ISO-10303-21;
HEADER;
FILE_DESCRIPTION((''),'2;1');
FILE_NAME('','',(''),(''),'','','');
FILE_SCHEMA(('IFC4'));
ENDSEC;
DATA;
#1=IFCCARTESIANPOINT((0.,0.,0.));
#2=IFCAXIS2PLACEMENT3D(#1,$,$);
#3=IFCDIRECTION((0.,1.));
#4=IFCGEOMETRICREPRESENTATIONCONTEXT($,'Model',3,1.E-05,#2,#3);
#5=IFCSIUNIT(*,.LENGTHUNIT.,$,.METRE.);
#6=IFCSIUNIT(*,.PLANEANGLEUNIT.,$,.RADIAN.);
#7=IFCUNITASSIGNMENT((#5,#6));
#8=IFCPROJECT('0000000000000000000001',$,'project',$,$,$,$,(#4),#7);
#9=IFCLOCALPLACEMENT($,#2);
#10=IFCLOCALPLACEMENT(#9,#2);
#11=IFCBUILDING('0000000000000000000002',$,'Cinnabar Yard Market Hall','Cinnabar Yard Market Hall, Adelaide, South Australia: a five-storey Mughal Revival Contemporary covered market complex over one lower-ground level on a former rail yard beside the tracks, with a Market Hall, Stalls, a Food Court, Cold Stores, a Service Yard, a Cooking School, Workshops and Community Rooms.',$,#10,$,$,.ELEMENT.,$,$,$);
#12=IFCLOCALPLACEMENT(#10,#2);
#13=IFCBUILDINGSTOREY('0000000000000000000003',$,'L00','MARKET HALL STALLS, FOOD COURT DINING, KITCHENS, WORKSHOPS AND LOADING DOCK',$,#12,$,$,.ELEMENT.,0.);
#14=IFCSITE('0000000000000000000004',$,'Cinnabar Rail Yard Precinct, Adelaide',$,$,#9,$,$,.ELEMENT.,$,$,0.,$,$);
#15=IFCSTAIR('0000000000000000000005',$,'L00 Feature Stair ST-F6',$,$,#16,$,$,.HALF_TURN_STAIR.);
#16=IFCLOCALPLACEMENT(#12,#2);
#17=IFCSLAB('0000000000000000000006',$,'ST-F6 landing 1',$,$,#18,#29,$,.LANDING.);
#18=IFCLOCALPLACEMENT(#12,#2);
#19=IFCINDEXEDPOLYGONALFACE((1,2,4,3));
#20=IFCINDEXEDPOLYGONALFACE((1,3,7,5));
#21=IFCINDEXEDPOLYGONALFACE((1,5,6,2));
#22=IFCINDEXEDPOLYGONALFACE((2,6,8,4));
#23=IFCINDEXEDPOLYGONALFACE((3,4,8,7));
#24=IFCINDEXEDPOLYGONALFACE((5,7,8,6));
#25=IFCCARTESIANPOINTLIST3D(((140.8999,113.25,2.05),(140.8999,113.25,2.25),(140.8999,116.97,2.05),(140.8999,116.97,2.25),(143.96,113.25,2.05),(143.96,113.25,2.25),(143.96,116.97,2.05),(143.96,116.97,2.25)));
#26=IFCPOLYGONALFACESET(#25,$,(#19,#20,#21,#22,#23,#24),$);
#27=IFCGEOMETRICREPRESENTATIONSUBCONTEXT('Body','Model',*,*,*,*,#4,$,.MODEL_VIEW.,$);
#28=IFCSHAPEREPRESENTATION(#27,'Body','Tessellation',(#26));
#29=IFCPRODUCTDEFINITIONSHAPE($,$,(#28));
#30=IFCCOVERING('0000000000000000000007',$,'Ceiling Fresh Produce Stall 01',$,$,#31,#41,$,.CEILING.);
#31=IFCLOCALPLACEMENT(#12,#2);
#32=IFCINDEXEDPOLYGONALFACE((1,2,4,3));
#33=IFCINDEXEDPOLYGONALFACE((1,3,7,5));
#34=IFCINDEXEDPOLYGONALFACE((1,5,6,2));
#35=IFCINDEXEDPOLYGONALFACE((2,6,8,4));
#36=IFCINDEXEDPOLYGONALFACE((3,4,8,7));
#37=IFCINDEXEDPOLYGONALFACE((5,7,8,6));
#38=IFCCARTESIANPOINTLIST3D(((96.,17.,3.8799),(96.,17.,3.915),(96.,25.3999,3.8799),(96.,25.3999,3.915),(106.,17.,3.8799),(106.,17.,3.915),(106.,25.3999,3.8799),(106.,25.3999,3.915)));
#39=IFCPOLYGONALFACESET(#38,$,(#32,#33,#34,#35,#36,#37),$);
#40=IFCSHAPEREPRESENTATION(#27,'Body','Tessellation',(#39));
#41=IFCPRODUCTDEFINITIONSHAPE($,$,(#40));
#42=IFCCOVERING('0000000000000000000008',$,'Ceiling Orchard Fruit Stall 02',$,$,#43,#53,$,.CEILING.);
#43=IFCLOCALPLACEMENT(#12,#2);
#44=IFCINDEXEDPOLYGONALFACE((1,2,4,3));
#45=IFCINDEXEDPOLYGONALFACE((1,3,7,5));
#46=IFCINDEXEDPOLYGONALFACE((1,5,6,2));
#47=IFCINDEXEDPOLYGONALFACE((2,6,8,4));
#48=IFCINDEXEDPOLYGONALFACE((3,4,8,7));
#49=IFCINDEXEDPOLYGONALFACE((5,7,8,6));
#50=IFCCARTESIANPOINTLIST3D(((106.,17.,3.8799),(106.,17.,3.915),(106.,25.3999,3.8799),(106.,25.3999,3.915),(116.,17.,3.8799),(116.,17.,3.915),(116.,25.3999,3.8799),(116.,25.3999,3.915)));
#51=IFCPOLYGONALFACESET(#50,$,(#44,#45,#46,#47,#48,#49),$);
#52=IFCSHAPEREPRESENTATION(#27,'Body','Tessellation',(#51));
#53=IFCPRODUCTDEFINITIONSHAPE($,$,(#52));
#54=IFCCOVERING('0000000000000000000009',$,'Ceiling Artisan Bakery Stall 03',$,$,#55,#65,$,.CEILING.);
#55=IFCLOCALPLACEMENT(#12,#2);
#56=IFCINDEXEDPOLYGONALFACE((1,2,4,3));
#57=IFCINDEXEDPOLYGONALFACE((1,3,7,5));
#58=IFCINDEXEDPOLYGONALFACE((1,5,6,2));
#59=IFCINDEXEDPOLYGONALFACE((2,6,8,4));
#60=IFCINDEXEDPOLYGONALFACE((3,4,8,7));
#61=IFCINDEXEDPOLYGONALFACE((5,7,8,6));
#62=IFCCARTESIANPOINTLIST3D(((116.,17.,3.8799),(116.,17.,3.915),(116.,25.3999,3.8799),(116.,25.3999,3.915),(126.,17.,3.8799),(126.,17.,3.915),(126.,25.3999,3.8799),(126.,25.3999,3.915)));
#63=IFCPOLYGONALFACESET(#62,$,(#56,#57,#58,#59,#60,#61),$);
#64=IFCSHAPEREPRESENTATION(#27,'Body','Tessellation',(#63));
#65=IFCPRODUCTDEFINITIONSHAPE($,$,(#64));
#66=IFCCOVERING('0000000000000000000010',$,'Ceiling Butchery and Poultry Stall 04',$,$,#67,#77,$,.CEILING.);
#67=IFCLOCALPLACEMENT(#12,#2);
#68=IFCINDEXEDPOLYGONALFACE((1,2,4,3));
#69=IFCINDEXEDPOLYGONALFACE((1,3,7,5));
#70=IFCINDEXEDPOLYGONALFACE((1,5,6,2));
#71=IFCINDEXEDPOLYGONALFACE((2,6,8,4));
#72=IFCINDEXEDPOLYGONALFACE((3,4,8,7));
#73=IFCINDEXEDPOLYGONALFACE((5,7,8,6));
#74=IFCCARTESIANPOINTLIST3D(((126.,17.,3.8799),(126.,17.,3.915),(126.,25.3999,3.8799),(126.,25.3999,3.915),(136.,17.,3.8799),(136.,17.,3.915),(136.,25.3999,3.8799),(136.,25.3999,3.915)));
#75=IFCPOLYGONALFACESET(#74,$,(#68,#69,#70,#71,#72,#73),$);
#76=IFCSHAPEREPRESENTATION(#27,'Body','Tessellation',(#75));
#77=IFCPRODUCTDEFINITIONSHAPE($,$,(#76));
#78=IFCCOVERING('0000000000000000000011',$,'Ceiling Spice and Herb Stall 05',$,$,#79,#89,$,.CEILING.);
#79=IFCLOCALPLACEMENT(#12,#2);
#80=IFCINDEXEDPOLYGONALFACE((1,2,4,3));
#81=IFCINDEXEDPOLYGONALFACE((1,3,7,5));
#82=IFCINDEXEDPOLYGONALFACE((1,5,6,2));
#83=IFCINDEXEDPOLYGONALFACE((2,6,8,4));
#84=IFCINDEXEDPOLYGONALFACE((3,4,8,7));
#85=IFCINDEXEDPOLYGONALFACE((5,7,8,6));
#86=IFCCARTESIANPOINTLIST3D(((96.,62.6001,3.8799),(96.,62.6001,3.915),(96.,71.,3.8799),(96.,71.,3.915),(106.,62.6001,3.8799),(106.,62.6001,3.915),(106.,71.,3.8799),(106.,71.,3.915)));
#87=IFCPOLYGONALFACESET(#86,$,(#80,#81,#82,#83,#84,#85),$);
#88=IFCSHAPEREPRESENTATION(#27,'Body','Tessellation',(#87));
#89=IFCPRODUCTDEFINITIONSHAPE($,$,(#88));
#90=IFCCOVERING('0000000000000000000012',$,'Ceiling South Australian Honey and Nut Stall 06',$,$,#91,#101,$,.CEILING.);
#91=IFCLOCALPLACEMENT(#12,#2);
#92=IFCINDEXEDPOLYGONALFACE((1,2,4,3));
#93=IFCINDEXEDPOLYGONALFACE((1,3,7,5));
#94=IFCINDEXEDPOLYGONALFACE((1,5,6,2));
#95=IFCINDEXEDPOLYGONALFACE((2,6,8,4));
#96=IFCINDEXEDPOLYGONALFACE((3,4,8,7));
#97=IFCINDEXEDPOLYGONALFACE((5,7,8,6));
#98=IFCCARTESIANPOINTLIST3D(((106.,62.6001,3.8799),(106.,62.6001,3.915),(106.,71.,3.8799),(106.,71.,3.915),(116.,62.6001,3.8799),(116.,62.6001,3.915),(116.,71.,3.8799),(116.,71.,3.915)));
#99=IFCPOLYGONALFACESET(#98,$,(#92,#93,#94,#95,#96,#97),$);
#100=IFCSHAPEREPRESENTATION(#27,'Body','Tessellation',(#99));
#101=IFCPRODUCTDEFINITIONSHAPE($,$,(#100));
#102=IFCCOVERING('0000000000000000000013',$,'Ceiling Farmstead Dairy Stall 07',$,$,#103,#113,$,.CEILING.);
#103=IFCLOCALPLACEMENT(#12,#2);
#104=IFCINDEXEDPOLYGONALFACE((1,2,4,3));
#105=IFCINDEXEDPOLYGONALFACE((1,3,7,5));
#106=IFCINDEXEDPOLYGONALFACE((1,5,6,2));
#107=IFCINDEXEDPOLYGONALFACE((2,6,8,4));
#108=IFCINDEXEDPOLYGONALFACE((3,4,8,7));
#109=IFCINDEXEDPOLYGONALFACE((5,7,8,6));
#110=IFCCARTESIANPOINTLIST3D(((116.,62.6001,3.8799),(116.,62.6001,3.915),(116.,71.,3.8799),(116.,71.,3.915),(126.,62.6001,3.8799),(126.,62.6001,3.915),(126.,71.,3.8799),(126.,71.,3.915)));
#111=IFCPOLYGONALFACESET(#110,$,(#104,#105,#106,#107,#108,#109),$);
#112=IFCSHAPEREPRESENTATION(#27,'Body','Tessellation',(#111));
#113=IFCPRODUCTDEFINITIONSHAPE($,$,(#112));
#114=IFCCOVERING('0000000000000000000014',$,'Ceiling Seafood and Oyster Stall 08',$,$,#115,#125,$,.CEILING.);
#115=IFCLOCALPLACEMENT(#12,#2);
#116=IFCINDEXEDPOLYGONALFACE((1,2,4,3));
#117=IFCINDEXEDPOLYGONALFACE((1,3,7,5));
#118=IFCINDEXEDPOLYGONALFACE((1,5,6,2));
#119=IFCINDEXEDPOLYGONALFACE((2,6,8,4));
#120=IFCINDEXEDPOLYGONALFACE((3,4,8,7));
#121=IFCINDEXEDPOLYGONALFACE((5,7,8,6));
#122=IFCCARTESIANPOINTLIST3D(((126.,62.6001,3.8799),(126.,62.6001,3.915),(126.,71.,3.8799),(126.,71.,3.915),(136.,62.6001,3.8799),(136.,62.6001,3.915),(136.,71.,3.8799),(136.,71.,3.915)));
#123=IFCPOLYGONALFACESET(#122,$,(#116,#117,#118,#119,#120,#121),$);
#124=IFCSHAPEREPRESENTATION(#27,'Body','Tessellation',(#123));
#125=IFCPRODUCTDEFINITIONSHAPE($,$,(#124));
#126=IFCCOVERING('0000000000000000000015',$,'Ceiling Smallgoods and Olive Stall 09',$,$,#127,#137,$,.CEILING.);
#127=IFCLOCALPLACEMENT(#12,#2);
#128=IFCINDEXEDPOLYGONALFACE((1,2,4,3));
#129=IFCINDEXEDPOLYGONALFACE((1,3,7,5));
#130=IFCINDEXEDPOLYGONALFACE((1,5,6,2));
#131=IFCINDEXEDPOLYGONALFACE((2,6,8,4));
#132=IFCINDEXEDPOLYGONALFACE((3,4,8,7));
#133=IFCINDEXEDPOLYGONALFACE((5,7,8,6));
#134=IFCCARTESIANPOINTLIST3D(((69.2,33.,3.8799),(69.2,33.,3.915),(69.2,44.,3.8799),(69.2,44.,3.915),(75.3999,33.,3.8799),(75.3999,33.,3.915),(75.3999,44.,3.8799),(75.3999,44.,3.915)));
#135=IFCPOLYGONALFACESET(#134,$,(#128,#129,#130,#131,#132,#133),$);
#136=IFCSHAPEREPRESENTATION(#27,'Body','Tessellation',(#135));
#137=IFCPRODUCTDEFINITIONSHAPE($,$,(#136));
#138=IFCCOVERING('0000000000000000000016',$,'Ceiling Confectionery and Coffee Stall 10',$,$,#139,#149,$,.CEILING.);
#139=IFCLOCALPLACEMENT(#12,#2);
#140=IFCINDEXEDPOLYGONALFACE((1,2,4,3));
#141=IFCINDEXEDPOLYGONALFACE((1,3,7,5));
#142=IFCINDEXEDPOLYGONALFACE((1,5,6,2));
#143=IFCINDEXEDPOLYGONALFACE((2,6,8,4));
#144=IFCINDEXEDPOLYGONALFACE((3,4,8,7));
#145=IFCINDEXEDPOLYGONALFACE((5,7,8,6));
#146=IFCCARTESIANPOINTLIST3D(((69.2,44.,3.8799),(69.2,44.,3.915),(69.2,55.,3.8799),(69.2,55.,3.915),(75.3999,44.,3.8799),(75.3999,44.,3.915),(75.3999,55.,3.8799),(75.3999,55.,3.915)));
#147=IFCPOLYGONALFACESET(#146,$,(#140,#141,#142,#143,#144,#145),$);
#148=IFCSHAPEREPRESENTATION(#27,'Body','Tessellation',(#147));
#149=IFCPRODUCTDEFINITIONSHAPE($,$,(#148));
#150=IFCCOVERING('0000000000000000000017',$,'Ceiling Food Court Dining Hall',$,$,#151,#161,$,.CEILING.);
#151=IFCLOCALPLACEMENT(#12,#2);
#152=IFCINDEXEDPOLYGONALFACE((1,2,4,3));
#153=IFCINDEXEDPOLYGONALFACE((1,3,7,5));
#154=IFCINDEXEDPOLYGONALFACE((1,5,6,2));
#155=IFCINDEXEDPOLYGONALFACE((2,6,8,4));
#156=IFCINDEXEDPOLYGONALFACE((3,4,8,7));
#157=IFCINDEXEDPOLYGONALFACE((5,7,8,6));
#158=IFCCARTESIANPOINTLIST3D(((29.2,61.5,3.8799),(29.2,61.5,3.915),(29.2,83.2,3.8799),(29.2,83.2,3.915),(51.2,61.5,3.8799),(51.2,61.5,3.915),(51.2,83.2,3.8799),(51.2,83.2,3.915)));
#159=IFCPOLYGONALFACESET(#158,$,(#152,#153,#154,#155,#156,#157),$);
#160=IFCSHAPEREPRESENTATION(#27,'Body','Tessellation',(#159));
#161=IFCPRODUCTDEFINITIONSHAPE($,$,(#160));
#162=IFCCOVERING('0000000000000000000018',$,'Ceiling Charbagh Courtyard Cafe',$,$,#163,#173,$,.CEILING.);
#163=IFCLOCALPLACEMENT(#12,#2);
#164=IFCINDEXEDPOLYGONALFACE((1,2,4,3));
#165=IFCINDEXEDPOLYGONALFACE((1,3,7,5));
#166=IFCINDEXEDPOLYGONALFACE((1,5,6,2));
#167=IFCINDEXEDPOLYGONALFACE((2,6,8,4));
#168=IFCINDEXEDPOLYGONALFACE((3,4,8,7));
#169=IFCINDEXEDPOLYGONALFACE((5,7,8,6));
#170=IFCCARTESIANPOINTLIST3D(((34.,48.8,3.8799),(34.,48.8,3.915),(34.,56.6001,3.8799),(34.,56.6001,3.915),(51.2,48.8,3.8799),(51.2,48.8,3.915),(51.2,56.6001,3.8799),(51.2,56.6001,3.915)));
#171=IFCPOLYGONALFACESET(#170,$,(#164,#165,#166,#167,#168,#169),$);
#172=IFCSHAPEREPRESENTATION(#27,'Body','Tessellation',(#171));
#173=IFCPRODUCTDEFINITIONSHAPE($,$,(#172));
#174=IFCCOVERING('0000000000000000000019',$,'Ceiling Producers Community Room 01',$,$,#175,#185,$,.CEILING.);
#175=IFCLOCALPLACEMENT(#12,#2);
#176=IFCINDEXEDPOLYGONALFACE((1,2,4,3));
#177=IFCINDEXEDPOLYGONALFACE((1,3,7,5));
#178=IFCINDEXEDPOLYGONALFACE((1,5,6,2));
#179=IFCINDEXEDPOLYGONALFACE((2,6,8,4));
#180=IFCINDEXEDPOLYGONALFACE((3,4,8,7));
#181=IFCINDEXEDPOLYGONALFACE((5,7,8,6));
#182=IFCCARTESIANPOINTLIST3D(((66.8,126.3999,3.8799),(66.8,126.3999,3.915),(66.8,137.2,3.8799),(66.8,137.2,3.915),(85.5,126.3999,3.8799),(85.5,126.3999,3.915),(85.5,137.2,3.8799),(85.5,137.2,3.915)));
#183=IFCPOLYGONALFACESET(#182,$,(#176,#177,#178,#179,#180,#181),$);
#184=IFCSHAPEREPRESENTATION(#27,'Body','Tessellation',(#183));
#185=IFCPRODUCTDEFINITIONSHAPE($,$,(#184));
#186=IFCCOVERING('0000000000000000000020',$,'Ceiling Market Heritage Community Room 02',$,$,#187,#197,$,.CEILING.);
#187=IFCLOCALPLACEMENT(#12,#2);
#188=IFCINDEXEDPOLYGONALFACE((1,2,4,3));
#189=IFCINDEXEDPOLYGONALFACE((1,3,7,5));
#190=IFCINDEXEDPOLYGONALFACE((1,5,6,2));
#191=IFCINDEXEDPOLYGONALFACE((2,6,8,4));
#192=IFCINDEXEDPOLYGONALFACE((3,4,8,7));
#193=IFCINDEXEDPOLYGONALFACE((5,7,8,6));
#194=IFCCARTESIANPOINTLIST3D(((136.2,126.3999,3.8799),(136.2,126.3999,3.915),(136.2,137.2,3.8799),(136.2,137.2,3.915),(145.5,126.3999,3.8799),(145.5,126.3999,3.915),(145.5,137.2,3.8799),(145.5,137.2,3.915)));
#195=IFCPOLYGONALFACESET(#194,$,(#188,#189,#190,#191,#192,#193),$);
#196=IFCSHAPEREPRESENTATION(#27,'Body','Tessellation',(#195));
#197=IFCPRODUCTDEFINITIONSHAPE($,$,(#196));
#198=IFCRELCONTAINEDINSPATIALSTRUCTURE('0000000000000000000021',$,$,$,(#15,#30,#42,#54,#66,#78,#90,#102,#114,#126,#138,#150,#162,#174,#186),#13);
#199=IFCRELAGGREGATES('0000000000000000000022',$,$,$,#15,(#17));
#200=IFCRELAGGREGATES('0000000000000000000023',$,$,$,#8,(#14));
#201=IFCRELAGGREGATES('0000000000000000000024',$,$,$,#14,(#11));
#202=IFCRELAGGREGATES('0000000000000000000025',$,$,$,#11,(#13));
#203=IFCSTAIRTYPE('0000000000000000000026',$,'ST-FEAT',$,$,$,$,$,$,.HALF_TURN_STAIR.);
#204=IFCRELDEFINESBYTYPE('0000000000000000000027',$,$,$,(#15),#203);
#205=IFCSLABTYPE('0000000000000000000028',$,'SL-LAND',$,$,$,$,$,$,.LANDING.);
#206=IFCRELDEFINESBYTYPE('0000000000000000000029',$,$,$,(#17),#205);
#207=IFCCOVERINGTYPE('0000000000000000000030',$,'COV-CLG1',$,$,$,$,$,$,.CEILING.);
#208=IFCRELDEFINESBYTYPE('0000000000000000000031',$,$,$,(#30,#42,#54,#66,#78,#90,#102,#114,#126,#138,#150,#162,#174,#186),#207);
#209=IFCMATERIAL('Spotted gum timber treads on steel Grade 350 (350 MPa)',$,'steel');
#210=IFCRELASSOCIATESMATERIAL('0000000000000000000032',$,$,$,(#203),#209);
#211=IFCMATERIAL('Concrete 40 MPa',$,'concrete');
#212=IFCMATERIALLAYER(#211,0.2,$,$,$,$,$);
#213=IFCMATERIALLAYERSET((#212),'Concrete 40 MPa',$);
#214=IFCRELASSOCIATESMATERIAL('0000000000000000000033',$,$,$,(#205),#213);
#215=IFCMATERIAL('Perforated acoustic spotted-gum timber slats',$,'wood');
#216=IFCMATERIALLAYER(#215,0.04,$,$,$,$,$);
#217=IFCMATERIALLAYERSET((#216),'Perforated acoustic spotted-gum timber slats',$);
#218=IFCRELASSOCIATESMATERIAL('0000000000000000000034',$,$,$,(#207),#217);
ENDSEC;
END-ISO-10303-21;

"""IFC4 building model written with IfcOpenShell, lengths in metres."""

from ifc_helpers import new_model, si_unit, direction, frame, origin, place, context, subcontext, project, spatial, polyline, outline, extrude, material, layer, layer_set, type_object, element, aggregate, save


model = new_model("IFC4")

# Units and contexts
model_context = context("Model", 3, precision=1e-05, world=origin(), true_north=direction((0.0, 1.0)))
body_context = subcontext(model_context, "Body", "Model", "MODEL_VIEW")
ifc_project = project(units=[si_unit("LENGTHUNIT", "METRE"), si_unit("PLANEANGLEUNIT", "RADIAN")], contexts=[model_context])

# Site, building, storey
site_placement = place(None, origin())
site = spatial("IfcSite", under=ifc_project, at=site_placement, Name="Cinnabar Rail Yard Precinct, Adelaide", CompositionType="ELEMENT", RefElevation=0.0)
building_placement = place(site_placement, origin())
building = spatial("IfcBuilding", under=site, at=building_placement, Name="Cinnabar Yard Market Hall", Description="Cinnabar Yard Market Hall, Adelaide, South Australia: a five-storey Mughal Revival Contemporary covered market complex over one lower-ground level on a former rail yard beside the tracks, with a Market Hall, Stalls, a Food Court, Cold Stores, a Service Yard, a Cooking School, Workshops and Community Rooms.", CompositionType="ELEMENT")
storey_placement = place(building_placement, origin())
storey = spatial("IfcBuildingStorey", under=building, at=storey_placement, Name="L00", Description="MARKET HALL STALLS, FOOD COURT DINING, KITCHENS, WORKSHOPS AND LOADING DOCK", CompositionType="ELEMENT", Elevation=0.0)

# Shared definitions
ifc_material_1 = material(Name="Concrete 40 MPa", Category="concrete")

# Stair, slab
ifc_material_2 = material(Name="Spotted gum timber treads on steel Grade 350 (350 MPa)", Category="steel")
stair_type = type_object("IfcStairType", Name="ST-FEAT", PredefinedType="HALF_TURN_STAIR", material=ifc_material_2)
ifc_layer_1 = layer(ifc_material_1, 0.2)
ifc_layer_set_1 = layer_set([ifc_layer_1], Name="Concrete 40 MPa")
slab_type = type_object("IfcSlabType", Name="SL-LAND", PredefinedType="LANDING", material=ifc_layer_set_1)
stair_1_placement = place(storey_placement, origin())
stair_1 = element("IfcStair", 1, at=stair_1_placement, inside=storey, type_object=stair_type, Name="L00 Feature Stair ST-F6", PredefinedType="HALF_TURN_STAIR")
slab_1_placement = place(storey_placement, frame((0.0, 0.0, 2.05)))
slab_1 = element("IfcSlab", 2, at=slab_1_placement, type_object=slab_type, Name="ST-F6 landing 1", PredefinedType="LANDING", context=body_context, shape_type="SweptSolid", body=[
    extrude(outline(polyline([(140.8999, 116.97), (140.8999, 113.25), (143.96, 113.25), (143.96, 116.97), (140.8999, 116.97)])), origin(), (0.0, 0.0, 1.0), 0.2),
])
aggregate(stair_1, [slab_1])

# Coverings
ifc_material_3 = material(Name="Perforated acoustic spotted-gum timber slats", Category="wood")
ifc_layer_2 = layer(ifc_material_3, 0.04)
ifc_layer_set_2 = layer_set([ifc_layer_2], Name="Perforated acoustic spotted-gum timber slats")
covering_type_1 = type_object("IfcCoveringType", Name="COV-CLG1", PredefinedType="CEILING", material=ifc_layer_set_2)
covering_1_placement = place(storey_placement, frame((0.0, 0.0, 3.8799)))
element("IfcCovering", 3, at=covering_1_placement, inside=storey, type_object=covering_type_1, Name="Ceiling Fresh Produce Stall 01", PredefinedType="CEILING", context=body_context, shape_type="SweptSolid", body=[
    extrude(outline(polyline([(96.0, 17.0), (106.0, 17.0), (106.0, 25.3999), (96.0, 25.3999), (96.0, 17.0)])), origin(), (0.0, 0.0, 1.0), 0.0352),
])
covering_2_placement = place(storey_placement, frame((0.0, 0.0, 3.8799)))
element("IfcCovering", 4, at=covering_2_placement, inside=storey, type_object=covering_type_1, Name="Ceiling Orchard Fruit Stall 02", PredefinedType="CEILING", context=body_context, shape_type="SweptSolid", body=[
    extrude(outline(polyline([(106.0, 17.0), (116.0, 17.0), (116.0, 25.3999), (106.0, 25.3999), (106.0, 17.0)])), origin(), (0.0, 0.0, 1.0), 0.0352),
])
covering_3_placement = place(storey_placement, frame((0.0, 0.0, 3.8799)))
element("IfcCovering", 5, at=covering_3_placement, inside=storey, type_object=covering_type_1, Name="Ceiling Artisan Bakery Stall 03", PredefinedType="CEILING", context=body_context, shape_type="SweptSolid", body=[
    extrude(outline(polyline([(116.0, 17.0), (126.0, 17.0), (126.0, 25.3999), (116.0, 25.3999), (116.0, 17.0)])), origin(), (0.0, 0.0, 1.0), 0.0352),
])
covering_4_placement = place(storey_placement, frame((0.0, 0.0, 3.8799)))
element("IfcCovering", 6, at=covering_4_placement, inside=storey, type_object=covering_type_1, Name="Ceiling Butchery and Poultry Stall 04", PredefinedType="CEILING", context=body_context, shape_type="SweptSolid", body=[
    extrude(outline(polyline([(126.0, 17.0), (136.0, 17.0), (136.0, 25.3999), (126.0, 25.3999), (126.0, 17.0)])), origin(), (0.0, 0.0, 1.0), 0.0352),
])
covering_5_placement = place(storey_placement, frame((0.0, 0.0, 3.8799)))
element("IfcCovering", 7, at=covering_5_placement, inside=storey, type_object=covering_type_1, Name="Ceiling Spice and Herb Stall 05", PredefinedType="CEILING", context=body_context, shape_type="SweptSolid", body=[
    extrude(outline(polyline([(96.0, 62.6001), (106.0, 62.6001), (106.0, 71.0), (96.0, 71.0), (96.0, 62.6001)])), origin(), (0.0, 0.0, 1.0), 0.0352),
])
covering_6_placement = place(storey_placement, frame((0.0, 0.0, 3.8799)))
element("IfcCovering", 8, at=covering_6_placement, inside=storey, type_object=covering_type_1, Name="Ceiling South Australian Honey and Nut Stall 06", PredefinedType="CEILING", context=body_context, shape_type="SweptSolid", body=[
    extrude(outline(polyline([(106.0, 62.6001), (116.0, 62.6001), (116.0, 71.0), (106.0, 71.0), (106.0, 62.6001)])), origin(), (0.0, 0.0, 1.0), 0.0352),
])
covering_7_placement = place(storey_placement, frame((0.0, 0.0, 3.8799)))
element("IfcCovering", 9, at=covering_7_placement, inside=storey, type_object=covering_type_1, Name="Ceiling Farmstead Dairy Stall 07", PredefinedType="CEILING", context=body_context, shape_type="SweptSolid", body=[
    extrude(outline(polyline([(116.0, 62.6001), (126.0, 62.6001), (126.0, 71.0), (116.0, 71.0), (116.0, 62.6001)])), origin(), (0.0, 0.0, 1.0), 0.0352),
])
covering_8_placement = place(storey_placement, frame((0.0, 0.0, 3.8799)))
element("IfcCovering", 10, at=covering_8_placement, inside=storey, type_object=covering_type_1, Name="Ceiling Seafood and Oyster Stall 08", PredefinedType="CEILING", context=body_context, shape_type="SweptSolid", body=[
    extrude(outline(polyline([(126.0, 62.6001), (136.0, 62.6001), (136.0, 71.0), (126.0, 71.0), (126.0, 62.6001)])), origin(), (0.0, 0.0, 1.0), 0.0352),
])
covering_9_placement = place(storey_placement, frame((0.0, 0.0, 3.8799)))
element("IfcCovering", 11, at=covering_9_placement, inside=storey, type_object=covering_type_1, Name="Ceiling Smallgoods and Olive Stall 09", PredefinedType="CEILING", context=body_context, shape_type="SweptSolid", body=[
    extrude(outline(polyline([(69.2, 33.0), (75.3999, 33.0), (75.3999, 44.0), (69.2, 44.0), (69.2, 33.0)])), origin(), (0.0, 0.0, 1.0), 0.0352),
])
covering_10_placement = place(storey_placement, frame((0.0, 0.0, 3.8799)))
element("IfcCovering", 12, at=covering_10_placement, inside=storey, type_object=covering_type_1, Name="Ceiling Confectionery and Coffee Stall 10", PredefinedType="CEILING", context=body_context, shape_type="SweptSolid", body=[
    extrude(outline(polyline([(69.2, 44.0), (75.3999, 44.0), (75.3999, 55.0), (69.2, 55.0), (69.2, 44.0)])), origin(), (0.0, 0.0, 1.0), 0.0352),
])
covering_11_placement = place(storey_placement, frame((0.0, 0.0, 3.8799)))
element("IfcCovering", 13, at=covering_11_placement, inside=storey, type_object=covering_type_1, Name="Ceiling Food Court Dining Hall", PredefinedType="CEILING", context=body_context, shape_type="SweptSolid", body=[
    extrude(outline(polyline([(29.2, 61.5), (51.2, 61.5), (51.2, 83.2), (29.2, 83.2), (29.2, 61.5)])), origin(), (0.0, 0.0, 1.0), 0.0352),
])
covering_12_placement = place(storey_placement, frame((0.0, 0.0, 3.8799)))
element("IfcCovering", 14, at=covering_12_placement, inside=storey, type_object=covering_type_1, Name="Ceiling Charbagh Courtyard Cafe", PredefinedType="CEILING", context=body_context, shape_type="SweptSolid", body=[
    extrude(outline(polyline([(34.0, 48.8), (51.2, 48.8), (51.2, 56.6001), (34.0, 56.6001), (34.0, 48.8)])), origin(), (0.0, 0.0, 1.0), 0.0352),
])
covering_13_placement = place(storey_placement, frame((0.0, 0.0, 3.8799)))
element("IfcCovering", 15, at=covering_13_placement, inside=storey, type_object=covering_type_1, Name="Ceiling Producers Community Room 01", PredefinedType="CEILING", context=body_context, shape_type="SweptSolid", body=[
    extrude(outline(polyline([(66.8, 126.3999), (85.5, 126.3999), (85.5, 137.2), (66.8, 137.2), (66.8, 126.3999)])), origin(), (0.0, 0.0, 1.0), 0.0352),
])
covering_14_placement = place(storey_placement, frame((0.0, 0.0, 3.8799)))
element("IfcCovering", 16, at=covering_14_placement, inside=storey, type_object=covering_type_1, Name="Ceiling Market Heritage Community Room 02", PredefinedType="CEILING", context=body_context, shape_type="SweptSolid", body=[
    extrude(outline(polyline([(136.2, 126.3999), (145.5, 126.3999), (145.5, 137.2), (136.2, 137.2), (136.2, 126.3999)])), origin(), (0.0, 0.0, 1.0), 0.0352),
])

save(model, "model.ifc")
